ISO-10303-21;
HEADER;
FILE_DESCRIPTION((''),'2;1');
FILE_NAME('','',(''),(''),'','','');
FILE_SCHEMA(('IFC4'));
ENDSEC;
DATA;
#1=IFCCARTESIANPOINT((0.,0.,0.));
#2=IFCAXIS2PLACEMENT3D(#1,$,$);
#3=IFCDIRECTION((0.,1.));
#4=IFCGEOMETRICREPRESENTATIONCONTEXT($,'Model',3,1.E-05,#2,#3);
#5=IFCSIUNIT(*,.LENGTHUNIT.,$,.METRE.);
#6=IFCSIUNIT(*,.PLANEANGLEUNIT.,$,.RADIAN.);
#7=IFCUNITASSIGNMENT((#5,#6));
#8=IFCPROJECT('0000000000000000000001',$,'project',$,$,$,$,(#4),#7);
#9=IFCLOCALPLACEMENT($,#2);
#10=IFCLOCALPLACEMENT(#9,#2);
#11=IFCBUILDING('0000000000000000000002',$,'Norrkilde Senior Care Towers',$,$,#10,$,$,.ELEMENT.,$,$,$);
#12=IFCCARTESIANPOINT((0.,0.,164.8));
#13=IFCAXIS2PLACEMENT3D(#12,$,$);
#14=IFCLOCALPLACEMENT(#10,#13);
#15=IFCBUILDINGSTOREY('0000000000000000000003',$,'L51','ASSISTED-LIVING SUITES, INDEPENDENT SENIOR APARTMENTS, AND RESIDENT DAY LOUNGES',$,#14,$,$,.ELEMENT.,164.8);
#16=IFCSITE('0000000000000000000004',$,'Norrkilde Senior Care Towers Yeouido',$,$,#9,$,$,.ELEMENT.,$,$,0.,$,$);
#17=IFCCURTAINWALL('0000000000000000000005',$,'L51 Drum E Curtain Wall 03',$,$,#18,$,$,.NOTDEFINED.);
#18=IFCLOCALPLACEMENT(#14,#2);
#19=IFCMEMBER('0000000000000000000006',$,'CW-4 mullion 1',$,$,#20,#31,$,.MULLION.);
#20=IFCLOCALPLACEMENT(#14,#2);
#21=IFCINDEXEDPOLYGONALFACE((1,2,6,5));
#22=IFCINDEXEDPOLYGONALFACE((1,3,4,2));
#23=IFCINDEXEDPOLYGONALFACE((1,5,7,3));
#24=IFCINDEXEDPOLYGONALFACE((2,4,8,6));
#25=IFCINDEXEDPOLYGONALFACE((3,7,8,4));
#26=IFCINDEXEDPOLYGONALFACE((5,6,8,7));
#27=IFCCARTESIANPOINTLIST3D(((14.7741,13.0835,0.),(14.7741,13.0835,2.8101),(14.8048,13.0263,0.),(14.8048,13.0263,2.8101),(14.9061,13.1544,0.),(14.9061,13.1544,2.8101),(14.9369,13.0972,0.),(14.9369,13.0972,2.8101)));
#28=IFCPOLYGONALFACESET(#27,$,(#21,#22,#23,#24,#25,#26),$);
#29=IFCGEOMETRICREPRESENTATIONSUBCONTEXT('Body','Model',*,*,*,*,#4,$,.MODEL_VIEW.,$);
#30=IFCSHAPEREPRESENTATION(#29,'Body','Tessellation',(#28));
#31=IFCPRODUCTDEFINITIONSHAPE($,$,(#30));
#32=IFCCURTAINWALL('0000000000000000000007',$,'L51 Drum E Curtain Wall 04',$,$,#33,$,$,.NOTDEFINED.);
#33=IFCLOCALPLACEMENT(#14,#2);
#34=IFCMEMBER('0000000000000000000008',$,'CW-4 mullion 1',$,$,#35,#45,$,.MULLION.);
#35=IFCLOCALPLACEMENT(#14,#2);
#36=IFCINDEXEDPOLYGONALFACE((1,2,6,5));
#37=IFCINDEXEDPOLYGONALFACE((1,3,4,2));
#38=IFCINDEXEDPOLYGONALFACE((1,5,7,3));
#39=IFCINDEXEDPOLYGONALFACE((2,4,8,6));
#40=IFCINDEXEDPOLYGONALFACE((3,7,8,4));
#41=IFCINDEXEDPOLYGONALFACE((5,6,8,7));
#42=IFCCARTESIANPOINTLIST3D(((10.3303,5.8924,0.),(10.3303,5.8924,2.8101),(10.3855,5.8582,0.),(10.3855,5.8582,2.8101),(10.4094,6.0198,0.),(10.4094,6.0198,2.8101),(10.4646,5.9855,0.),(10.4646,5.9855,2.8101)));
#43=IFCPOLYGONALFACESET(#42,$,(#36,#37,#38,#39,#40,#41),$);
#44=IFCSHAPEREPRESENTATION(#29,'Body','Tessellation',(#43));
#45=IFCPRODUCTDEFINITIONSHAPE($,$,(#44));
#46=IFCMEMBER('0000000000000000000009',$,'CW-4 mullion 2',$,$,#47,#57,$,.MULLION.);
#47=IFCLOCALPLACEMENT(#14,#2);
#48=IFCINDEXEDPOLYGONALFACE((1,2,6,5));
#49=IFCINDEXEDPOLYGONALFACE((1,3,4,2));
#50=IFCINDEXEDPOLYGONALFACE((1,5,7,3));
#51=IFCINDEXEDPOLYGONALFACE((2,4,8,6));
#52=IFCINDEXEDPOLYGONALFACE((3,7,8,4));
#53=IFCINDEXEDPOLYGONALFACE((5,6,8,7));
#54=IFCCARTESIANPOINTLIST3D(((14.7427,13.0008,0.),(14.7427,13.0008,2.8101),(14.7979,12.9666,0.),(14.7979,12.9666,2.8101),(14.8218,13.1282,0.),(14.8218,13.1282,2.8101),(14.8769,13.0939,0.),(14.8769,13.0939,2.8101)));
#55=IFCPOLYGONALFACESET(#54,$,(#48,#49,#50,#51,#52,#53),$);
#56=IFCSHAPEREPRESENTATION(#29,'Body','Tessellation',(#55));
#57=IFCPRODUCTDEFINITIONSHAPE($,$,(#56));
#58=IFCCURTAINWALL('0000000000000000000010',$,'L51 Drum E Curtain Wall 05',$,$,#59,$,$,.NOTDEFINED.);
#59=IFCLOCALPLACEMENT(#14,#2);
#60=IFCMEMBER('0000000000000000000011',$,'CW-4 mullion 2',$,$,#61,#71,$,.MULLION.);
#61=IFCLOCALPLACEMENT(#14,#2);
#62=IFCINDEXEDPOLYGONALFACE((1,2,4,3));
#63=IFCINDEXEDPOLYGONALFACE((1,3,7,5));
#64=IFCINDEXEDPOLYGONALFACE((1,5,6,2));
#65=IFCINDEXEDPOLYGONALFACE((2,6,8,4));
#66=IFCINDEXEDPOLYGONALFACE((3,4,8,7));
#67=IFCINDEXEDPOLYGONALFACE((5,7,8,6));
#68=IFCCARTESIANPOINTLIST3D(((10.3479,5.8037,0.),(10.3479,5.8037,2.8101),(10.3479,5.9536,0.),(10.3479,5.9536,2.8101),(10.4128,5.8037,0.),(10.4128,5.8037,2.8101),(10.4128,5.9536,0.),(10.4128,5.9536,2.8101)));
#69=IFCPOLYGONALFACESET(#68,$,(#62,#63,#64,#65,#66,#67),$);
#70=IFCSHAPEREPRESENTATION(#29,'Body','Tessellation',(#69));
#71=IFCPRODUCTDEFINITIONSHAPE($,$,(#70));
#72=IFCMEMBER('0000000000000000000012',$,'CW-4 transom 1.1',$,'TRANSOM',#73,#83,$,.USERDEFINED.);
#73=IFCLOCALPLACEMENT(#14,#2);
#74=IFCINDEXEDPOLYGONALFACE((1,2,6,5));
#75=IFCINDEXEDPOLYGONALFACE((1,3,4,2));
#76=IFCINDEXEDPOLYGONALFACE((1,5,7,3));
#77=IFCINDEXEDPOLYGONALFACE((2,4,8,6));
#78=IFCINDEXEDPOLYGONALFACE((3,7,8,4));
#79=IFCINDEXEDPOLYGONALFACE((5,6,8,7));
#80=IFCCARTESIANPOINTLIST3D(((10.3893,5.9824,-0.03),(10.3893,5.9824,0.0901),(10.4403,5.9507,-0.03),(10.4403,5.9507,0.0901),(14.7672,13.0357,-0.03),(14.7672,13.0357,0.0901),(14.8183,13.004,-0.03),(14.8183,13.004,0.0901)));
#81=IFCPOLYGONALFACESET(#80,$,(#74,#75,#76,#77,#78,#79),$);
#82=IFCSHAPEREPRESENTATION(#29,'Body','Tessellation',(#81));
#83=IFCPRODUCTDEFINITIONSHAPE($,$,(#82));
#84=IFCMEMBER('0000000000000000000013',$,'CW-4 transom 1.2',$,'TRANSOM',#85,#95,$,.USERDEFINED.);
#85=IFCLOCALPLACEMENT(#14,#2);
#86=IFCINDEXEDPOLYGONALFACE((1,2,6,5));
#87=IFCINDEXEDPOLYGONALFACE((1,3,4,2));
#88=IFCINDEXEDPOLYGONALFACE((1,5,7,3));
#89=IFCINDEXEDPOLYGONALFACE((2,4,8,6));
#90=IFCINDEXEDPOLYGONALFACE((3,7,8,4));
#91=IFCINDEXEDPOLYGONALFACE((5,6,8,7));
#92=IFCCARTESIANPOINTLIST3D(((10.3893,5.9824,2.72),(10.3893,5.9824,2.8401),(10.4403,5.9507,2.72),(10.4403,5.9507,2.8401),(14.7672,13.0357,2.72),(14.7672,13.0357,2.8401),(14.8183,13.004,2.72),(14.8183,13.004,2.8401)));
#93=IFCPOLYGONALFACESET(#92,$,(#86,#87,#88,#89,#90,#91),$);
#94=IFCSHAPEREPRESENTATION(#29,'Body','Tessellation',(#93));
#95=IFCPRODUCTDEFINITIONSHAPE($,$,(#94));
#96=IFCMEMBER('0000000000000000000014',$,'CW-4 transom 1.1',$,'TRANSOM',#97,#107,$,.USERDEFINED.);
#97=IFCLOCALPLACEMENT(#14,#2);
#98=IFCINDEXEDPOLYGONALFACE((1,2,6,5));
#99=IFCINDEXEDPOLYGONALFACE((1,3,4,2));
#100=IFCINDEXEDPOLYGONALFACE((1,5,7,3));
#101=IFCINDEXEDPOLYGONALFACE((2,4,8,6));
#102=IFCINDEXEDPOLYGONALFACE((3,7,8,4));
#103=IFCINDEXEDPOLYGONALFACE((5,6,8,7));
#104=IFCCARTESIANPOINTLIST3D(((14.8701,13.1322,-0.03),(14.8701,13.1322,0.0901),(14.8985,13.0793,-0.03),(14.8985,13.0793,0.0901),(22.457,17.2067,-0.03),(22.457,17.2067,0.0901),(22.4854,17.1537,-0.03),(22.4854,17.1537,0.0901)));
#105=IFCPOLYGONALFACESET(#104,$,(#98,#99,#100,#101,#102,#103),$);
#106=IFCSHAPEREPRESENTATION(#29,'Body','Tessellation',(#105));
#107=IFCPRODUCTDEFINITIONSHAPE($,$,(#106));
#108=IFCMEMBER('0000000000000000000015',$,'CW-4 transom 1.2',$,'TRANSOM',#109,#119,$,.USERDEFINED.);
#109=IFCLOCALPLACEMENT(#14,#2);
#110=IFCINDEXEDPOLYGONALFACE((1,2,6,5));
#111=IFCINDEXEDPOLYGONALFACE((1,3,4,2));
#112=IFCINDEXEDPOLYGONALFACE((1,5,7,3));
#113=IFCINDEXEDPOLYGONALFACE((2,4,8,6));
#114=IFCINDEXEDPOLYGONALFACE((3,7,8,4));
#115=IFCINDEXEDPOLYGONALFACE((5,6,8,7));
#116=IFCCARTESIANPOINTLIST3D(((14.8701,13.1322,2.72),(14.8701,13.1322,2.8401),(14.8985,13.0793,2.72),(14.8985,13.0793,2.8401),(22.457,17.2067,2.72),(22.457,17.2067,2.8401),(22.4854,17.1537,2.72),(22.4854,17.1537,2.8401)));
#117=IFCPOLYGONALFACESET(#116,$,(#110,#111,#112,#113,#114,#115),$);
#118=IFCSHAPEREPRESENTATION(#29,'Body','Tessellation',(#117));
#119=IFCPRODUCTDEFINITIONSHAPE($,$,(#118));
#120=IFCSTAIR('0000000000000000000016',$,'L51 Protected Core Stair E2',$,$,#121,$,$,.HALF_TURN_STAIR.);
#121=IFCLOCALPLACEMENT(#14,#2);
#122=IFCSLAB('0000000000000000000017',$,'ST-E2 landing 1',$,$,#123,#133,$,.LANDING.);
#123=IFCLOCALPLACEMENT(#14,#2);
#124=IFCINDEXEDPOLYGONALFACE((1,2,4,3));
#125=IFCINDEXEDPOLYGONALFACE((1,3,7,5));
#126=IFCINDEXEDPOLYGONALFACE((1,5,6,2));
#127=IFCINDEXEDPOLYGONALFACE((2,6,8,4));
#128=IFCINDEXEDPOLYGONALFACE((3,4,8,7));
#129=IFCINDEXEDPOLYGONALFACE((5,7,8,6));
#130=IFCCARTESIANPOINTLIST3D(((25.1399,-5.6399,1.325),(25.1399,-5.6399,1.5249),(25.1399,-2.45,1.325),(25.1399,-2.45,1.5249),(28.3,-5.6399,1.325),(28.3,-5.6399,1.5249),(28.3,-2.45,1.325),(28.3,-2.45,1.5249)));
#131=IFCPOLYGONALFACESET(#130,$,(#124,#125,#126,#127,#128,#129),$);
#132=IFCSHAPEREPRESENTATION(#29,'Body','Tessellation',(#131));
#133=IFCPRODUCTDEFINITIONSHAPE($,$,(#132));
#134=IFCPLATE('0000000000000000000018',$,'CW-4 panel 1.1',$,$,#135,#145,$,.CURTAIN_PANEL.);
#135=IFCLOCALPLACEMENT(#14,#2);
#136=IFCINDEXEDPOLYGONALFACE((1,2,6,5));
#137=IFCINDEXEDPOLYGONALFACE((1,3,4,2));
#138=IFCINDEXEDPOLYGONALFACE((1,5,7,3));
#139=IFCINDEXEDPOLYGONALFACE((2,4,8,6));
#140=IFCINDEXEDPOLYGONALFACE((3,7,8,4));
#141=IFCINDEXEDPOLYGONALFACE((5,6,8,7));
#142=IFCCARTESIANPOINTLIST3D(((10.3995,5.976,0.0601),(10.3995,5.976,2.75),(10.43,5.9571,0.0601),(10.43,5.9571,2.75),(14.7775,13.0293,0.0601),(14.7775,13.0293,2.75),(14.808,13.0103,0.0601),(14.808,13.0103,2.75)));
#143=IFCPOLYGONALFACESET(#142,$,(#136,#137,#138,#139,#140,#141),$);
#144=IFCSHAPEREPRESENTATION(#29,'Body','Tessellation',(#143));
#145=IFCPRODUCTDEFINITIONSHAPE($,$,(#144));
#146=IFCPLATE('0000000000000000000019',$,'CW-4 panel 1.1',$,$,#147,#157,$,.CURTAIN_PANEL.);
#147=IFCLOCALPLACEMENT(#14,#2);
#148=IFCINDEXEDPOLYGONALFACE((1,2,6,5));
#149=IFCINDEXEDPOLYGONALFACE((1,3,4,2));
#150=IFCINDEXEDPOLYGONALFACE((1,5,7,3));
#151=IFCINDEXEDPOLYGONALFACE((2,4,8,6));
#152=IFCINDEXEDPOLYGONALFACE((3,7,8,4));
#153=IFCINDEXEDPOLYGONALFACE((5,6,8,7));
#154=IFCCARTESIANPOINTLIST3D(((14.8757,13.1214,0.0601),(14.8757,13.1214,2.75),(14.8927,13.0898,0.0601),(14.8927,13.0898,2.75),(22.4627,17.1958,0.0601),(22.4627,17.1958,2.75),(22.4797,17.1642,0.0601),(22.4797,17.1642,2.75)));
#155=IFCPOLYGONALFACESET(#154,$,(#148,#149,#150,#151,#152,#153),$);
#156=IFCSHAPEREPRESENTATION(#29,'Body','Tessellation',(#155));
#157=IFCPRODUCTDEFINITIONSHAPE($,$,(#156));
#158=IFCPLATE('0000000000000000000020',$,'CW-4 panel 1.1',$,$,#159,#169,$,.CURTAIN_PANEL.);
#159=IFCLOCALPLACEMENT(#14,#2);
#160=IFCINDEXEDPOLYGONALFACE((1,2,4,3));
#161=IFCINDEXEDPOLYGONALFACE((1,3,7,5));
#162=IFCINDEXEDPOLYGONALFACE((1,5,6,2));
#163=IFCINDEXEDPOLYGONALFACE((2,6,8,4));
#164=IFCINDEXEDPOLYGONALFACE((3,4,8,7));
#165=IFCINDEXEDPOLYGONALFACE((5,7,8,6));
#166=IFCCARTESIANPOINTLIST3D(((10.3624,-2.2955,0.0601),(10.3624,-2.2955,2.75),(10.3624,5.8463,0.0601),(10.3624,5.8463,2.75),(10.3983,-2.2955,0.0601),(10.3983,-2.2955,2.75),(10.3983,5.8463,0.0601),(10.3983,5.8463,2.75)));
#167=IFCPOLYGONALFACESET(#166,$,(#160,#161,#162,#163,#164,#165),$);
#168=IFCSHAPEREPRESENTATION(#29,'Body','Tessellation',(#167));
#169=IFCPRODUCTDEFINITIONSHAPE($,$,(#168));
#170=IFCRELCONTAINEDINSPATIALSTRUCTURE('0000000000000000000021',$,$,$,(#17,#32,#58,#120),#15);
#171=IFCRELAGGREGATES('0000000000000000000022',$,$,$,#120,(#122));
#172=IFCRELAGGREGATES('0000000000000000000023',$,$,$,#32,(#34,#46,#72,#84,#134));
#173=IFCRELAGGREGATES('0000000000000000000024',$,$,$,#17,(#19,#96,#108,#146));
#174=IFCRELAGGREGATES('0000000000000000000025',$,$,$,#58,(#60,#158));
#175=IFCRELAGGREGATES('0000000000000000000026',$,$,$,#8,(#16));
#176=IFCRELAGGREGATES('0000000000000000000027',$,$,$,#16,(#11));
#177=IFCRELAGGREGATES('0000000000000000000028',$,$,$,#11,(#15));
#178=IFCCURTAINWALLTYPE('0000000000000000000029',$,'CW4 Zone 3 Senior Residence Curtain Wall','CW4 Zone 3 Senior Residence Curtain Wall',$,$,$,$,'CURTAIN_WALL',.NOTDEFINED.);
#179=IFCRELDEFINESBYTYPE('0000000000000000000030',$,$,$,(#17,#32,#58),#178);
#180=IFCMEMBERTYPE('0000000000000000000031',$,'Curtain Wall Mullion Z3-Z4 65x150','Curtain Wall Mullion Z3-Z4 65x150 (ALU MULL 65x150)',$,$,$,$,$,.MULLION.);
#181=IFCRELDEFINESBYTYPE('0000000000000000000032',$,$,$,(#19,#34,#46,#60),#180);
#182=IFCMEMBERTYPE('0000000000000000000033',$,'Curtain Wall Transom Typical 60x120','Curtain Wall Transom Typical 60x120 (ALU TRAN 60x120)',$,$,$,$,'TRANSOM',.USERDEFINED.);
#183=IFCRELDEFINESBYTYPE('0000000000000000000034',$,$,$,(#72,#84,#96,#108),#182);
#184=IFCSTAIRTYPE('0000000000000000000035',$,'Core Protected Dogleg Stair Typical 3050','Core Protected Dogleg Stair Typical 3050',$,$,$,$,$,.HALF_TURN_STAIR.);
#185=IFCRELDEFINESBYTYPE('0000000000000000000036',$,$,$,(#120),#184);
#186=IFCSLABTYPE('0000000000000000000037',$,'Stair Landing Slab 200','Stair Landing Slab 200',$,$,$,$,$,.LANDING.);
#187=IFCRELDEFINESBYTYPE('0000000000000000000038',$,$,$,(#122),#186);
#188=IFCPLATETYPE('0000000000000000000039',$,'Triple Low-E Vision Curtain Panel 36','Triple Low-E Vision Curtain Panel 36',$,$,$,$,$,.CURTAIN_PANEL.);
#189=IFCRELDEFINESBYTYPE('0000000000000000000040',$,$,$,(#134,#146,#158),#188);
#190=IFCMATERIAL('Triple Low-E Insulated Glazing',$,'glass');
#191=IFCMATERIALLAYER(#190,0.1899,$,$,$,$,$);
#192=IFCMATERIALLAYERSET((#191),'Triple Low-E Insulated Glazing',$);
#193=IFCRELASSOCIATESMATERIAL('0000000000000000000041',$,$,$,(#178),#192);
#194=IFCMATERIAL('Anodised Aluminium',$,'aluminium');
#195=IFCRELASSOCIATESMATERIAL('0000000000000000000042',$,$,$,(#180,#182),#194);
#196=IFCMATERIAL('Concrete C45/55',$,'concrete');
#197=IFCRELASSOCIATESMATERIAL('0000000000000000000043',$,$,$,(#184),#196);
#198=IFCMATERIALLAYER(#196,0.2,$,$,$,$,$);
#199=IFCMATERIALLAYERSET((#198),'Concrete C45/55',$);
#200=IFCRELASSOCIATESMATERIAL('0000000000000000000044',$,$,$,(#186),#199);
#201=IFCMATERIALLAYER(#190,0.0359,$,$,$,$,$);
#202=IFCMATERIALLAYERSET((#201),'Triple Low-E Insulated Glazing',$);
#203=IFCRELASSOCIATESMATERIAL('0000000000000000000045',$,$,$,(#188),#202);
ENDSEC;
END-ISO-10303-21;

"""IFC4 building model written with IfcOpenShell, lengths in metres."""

from ifc_helpers import new_model, si_unit, direction, frame, origin, origin_2d, place, context, subcontext, project, spatial, polyline, rectangle, outline, extrude, source, transform, mapped, material, layer, layer_set, material_profile, profile_set, type_object, type_shapes, element, aggregate, save


model = new_model("IFC4")

# Units and contexts
model_context = context("Model", 3, precision=1e-05, world=origin(), true_north=direction((0.0, 1.0)))
body_context = subcontext(model_context, "Body", "Model", "MODEL_VIEW")
ifc_project = project(units=[si_unit("LENGTHUNIT", "METRE"), si_unit("PLANEANGLEUNIT", "RADIAN")], contexts=[model_context])

# Site, building, storey
site_placement = place(None, origin())
site = spatial("IfcSite", under=ifc_project, at=site_placement, Name="Norrkilde Senior Care Towers Yeouido", CompositionType="ELEMENT", RefElevation=0.0)
building_placement = place(site_placement, origin())
building = spatial("IfcBuilding", under=site, at=building_placement, Name="Norrkilde Senior Care Towers", CompositionType="ELEMENT")
storey_placement = place(building_placement, frame((0.0, 0.0, 164.8)))
storey = spatial("IfcBuildingStorey", under=building, at=storey_placement, Name="L51", Description="ASSISTED-LIVING SUITES, INDEPENDENT SENIOR APARTMENTS, AND RESIDENT DAY LOUNGES", CompositionType="ELEMENT", Elevation=164.8)

# Curtain wall, member
ifc_material_1 = material(Name="Triple Low-E Insulated Glazing", Category="glass")
ifc_layer_1 = layer(ifc_material_1, 0.1899)
ifc_layer_set_1 = layer_set([ifc_layer_1], Name="Triple Low-E Insulated Glazing")
curtain_wall_type = type_object("IfcCurtainWallType", Name="CW4 Zone 3 Senior Residence Curtain Wall", Description="CW4 Zone 3 Senior Residence Curtain Wall", ElementType="CURTAIN_WALL", PredefinedType="NOTDEFINED", material=ifc_layer_set_1)
curtain_wall_1_placement = place(storey_placement, origin())
curtain_wall_1 = element("IfcCurtainWall", 1, at=curtain_wall_1_placement, inside=storey, type_object=curtain_wall_type, Name="L51 Drum E Curtain Wall 03", PredefinedType="NOTDEFINED")
ifc_material_2 = material(Name="Anodised Aluminium", Category="aluminium")
ifc_material_profile_1 = material_profile(ifc_material_2, rectangle(XDim=0.0649, YDim=0.1499, at=origin_2d()), Name="ALU MULL 65x150")
ifc_profile_set_1 = profile_set([ifc_material_profile_1], Name="Anodised Aluminium")
member_type_1 = type_object("IfcMemberType", Name="Curtain Wall Mullion Z3-Z4 65x150", Description="Curtain Wall Mullion Z3-Z4 65x150 (ALU MULL 65x150)", PredefinedType="MULLION", material=ifc_profile_set_1)
shared_shape_1 = source(origin(), body_context, "Body", "SweptSolid", [
    extrude(rectangle(XDim=0.0649, YDim=0.1499, at=origin_2d()), origin(), (0.0, 0.0, 1.0), 2.8101),
])
type_shapes(member_type_1, [shared_shape_1])
member_1_placement = place(storey_placement, frame((14.8555, 13.0903, 0.0), z_axis=(0.0, 0.0, 1.0), x_axis=(-0.473117, 0.881, 0.0)))
member_1 = element("IfcMember", 2, at=member_1_placement, type_object=member_type_1, Name="CW-4 mullion 1", PredefinedType="MULLION", context=body_context, shape_type="MappedRepresentation", body=[
    mapped(shared_shape_1, transform((0.0, 0.0, 0.0), x_axis=(1.0, 0.0, 0.0), y_axis=(0.0, 1.0, 0.0), z_axis=(0.0, 0.0, 1.0), scale=1.0)),
])

# Curtain wall, members
curtain_wall_2_placement = place(storey_placement, origin())
curtain_wall_2 = element("IfcCurtainWall", 3, at=curtain_wall_2_placement, inside=storey, type_object=curtain_wall_type, Name="L51 Drum E Curtain Wall 04", PredefinedType="NOTDEFINED")
member_2_placement = place(storey_placement, frame((10.3975, 5.939, 0.0), z_axis=(0.0, 0.0, 1.0), x_axis=(-0.849634, 0.527373, 0.0)))
member_2 = element("IfcMember", 4, at=member_2_placement, type_object=member_type_1, Name="CW-4 mullion 1", PredefinedType="MULLION", context=body_context, shape_type="MappedRepresentation", body=[
    mapped(shared_shape_1, transform((0.0, 0.0, 0.0), x_axis=(1.0, 0.0, 0.0), y_axis=(0.0, 1.0, 0.0), z_axis=(0.0, 0.0, 1.0), scale=1.0)),
])
member_3_placement = place(storey_placement, frame((14.8098, 13.0474, 0.0), z_axis=(0.0, 0.0, 1.0), x_axis=(-0.849634, 0.527373, 0.0)))
member_3 = element("IfcMember", 5, at=member_3_placement, type_object=member_type_1, Name="CW-4 mullion 2", PredefinedType="MULLION", context=body_context, shape_type="MappedRepresentation", body=[
    mapped(shared_shape_1, transform((0.0, 0.0, 0.0), x_axis=(1.0, 0.0, 0.0), y_axis=(0.0, 1.0, 0.0), z_axis=(0.0, 0.0, 1.0), scale=1.0)),
])

# Curtain wall, member
curtain_wall_3_placement = place(storey_placement, origin())
curtain_wall_3 = element("IfcCurtainWall", 6, at=curtain_wall_3_placement, inside=storey, type_object=curtain_wall_type, Name="L51 Drum E Curtain Wall 05", PredefinedType="NOTDEFINED")
member_4_placement = place(storey_placement, frame((10.3804, 5.8787, 0.0), z_axis=(0.0, 0.0, 1.0), x_axis=(-1.0, 0.0, 0.0)))
member_4 = element("IfcMember", 7, at=member_4_placement, type_object=member_type_1, Name="CW-4 mullion 2", PredefinedType="MULLION", context=body_context, shape_type="MappedRepresentation", body=[
    mapped(shared_shape_1, transform((0.0, 0.0, 0.0), x_axis=(1.0, 0.0, 0.0), y_axis=(0.0, 1.0, 0.0), z_axis=(0.0, 0.0, 1.0), scale=1.0)),
])

# Members
ifc_material_profile_2 = material_profile(ifc_material_2, rectangle(XDim=0.0601, YDim=0.1201, at=origin_2d()), Name="ALU TRAN 60x120")
ifc_profile_set_2 = profile_set([ifc_material_profile_2], Name="Anodised Aluminium")
member_type_2 = type_object("IfcMemberType", Name="Curtain Wall Transom Typical 60x120", Description="Curtain Wall Transom Typical 60x120 (ALU TRAN 60x120)", ElementType="TRANSOM", PredefinedType="USERDEFINED", material=ifc_profile_set_2)
shared_shape_2 = source(origin(), body_context, "Body", "SweptSolid", [
    extrude(rectangle(XDim=0.0601, YDim=0.1201, at=origin_2d()), origin(), (0.0, 0.0, 1.0), 8.3015),
])
member_5_placement = place(storey_placement, frame((10.4148, 5.9666, 0.03), z_axis=(0.527369, 0.849637, 0.0), x_axis=(-0.849637, 0.527369, 0.0)))
member_5 = element("IfcMember", 8, at=member_5_placement, type_object=member_type_2, Name="CW-4 transom 1.1", ObjectType="TRANSOM", PredefinedType="USERDEFINED", context=body_context, shape_type="MappedRepresentation", body=[
    mapped(shared_shape_2, transform((0.0, 0.0, 0.0), x_axis=(1.0, 0.0, 0.0), y_axis=(0.0, 1.0, 0.0), z_axis=(0.0, 0.0, 1.0), scale=1.0)),
])
member_6_placement = place(storey_placement, frame((10.4148, 5.9666, 2.78), z_axis=(0.527369, 0.849637, 0.0), x_axis=(-0.849637, 0.527369, 0.0)))
member_6 = element("IfcMember", 9, at=member_6_placement, type_object=member_type_2, Name="CW-4 transom 1.2", ObjectType="TRANSOM", PredefinedType="USERDEFINED", context=body_context, shape_type="MappedRepresentation", body=[
    mapped(shared_shape_2, transform((0.0, 0.0, 0.0), x_axis=(1.0, 0.0, 0.0), y_axis=(0.0, 1.0, 0.0), z_axis=(0.0, 0.0, 1.0), scale=1.0)),
])
shared_shape_3 = source(origin(), body_context, "Body", "SweptSolid", [
    extrude(rectangle(XDim=0.0601, YDim=0.1201, at=origin_2d()), origin(), (0.0, 0.0, 1.0), 8.6118),
])
type_shapes(member_type_2, [shared_shape_2, shared_shape_3])
member_7_placement = place(storey_placement, frame((14.8843, 13.1057, 0.03), z_axis=(0.880994, 0.473127, 0.0), x_axis=(-0.473127, 0.880994, 0.0)))
member_7 = element("IfcMember", 10, at=member_7_placement, type_object=member_type_2, Name="CW-4 transom 1.1", ObjectType="TRANSOM", PredefinedType="USERDEFINED", context=body_context, shape_type="MappedRepresentation", body=[
    mapped(shared_shape_3, transform((0.0, 0.0, 0.0), x_axis=(1.0, 0.0, 0.0), y_axis=(0.0, 1.0, 0.0), z_axis=(0.0, 0.0, 1.0), scale=1.0)),
])
member_8_placement = place(storey_placement, frame((14.8843, 13.1057, 2.78), z_axis=(0.880994, 0.473127, 0.0), x_axis=(-0.473127, 0.880994, 0.0)))
member_8 = element("IfcMember", 11, at=member_8_placement, type_object=member_type_2, Name="CW-4 transom 1.2", ObjectType="TRANSOM", PredefinedType="USERDEFINED", context=body_context, shape_type="MappedRepresentation", body=[
    mapped(shared_shape_3, transform((0.0, 0.0, 0.0), x_axis=(1.0, 0.0, 0.0), y_axis=(0.0, 1.0, 0.0), z_axis=(0.0, 0.0, 1.0), scale=1.0)),
])

# Stair, slab
ifc_material_3 = material(Name="Concrete C45/55", Category="concrete")
stair_type = type_object("IfcStairType", Name="Core Protected Dogleg Stair Typical 3050", Description="Core Protected Dogleg Stair Typical 3050", PredefinedType="HALF_TURN_STAIR", material=ifc_material_3)
stair_placement = place(storey_placement, origin())
stair = element("IfcStair", 12, at=stair_placement, inside=storey, type_object=stair_type, Name="L51 Protected Core Stair E2", PredefinedType="HALF_TURN_STAIR")
ifc_layer_2 = layer(ifc_material_3, 0.2)
ifc_layer_set_2 = layer_set([ifc_layer_2], Name="Concrete C45/55")
slab_type = type_object("IfcSlabType", Name="Stair Landing Slab 200", Description="Stair Landing Slab 200", PredefinedType="LANDING", material=ifc_layer_set_2)
slab_placement = place(storey_placement, frame((0.0, 0.0, 1.325)))
slab = element("IfcSlab", 13, at=slab_placement, type_object=slab_type, Name="ST-E2 landing 1", PredefinedType="LANDING", context=body_context, shape_type="SweptSolid", body=[
    extrude(outline(polyline([(25.1399, -5.6399), (28.3, -5.6399), (28.3, -2.45), (25.1399, -2.45), (25.1399, -5.6399)])), origin(), (0.0, 0.0, 1.0), 0.2),
])
aggregate(stair, [slab])

# Plates
ifc_layer_3 = layer(ifc_material_1, 0.0359)
ifc_layer_set_3 = layer_set([ifc_layer_3], Name="Triple Low-E Insulated Glazing")
plate_type = type_object("IfcPlateType", Name="Triple Low-E Vision Curtain Panel 36", Description="Triple Low-E Vision Curtain Panel 36", PredefinedType="CURTAIN_PANEL", material=ifc_layer_set_3)
shared_shape_4 = source(origin(), body_context, "Body", "SweptSolid", [
    extrude(rectangle(XDim=8.3015, YDim=0.0359, at=origin_2d()), origin(), (0.0, 0.0, 1.0), 2.6899),
])
plate_1_placement = place(storey_placement, frame((12.6038, 9.4932, 0.0601), z_axis=(0.0, 0.0, 1.0), x_axis=(0.527373, 0.849634, 0.0)))
plate_1 = element("IfcPlate", 14, at=plate_1_placement, type_object=plate_type, Name="CW-4 panel 1.1", PredefinedType="CURTAIN_PANEL", context=body_context, shape_type="MappedRepresentation", body=[
    mapped(shared_shape_4, transform((0.0, 0.0, 0.0), x_axis=(1.0, 0.0, 0.0), y_axis=(0.0, 1.0, 0.0), z_axis=(0.0, 0.0, 1.0), scale=1.0)),
])
aggregate(curtain_wall_2, [member_2, member_3, member_5, member_6, plate_1])
shared_shape_5 = source(origin(), body_context, "Body", "SweptSolid", [
    extrude(rectangle(XDim=8.6118, YDim=0.0359, at=origin_2d()), origin(), (0.0, 0.0, 1.0), 2.6899),
])
plate_2_placement = place(storey_placement, frame((18.6777, 15.1428, 0.0601), z_axis=(0.0, 0.0, 1.0), x_axis=(0.881, 0.473117, 0.0)))
plate_2 = element("IfcPlate", 15, at=plate_2_placement, type_object=plate_type, Name="CW-4 panel 1.1", PredefinedType="CURTAIN_PANEL", context=body_context, shape_type="MappedRepresentation", body=[
    mapped(shared_shape_5, transform((0.0, 0.0, 0.0), x_axis=(1.0, 0.0, 0.0), y_axis=(0.0, 1.0, 0.0), z_axis=(0.0, 0.0, 1.0), scale=1.0)),
])
aggregate(curtain_wall_1, [member_1, member_7, member_8, plate_2])
shared_shape_6 = source(origin(), body_context, "Body", "SweptSolid", [
    extrude(rectangle(XDim=8.1418, YDim=0.0359, at=origin_2d()), origin(), (0.0, 0.0, 1.0), 2.6899),
])
type_shapes(plate_type, [shared_shape_4, shared_shape_5, shared_shape_6])
plate_3_placement = place(storey_placement, frame((10.3804, 1.7754, 0.0601), z_axis=(0.0, 0.0, 1.0), x_axis=(0.0, 1.0, 0.0)))
plate_3 = element("IfcPlate", 16, at=plate_3_placement, type_object=plate_type, Name="CW-4 panel 1.1", PredefinedType="CURTAIN_PANEL", context=body_context, shape_type="MappedRepresentation", body=[
    mapped(shared_shape_6, transform((0.0, 0.0, 0.0), x_axis=(1.0, 0.0, 0.0), y_axis=(0.0, 1.0, 0.0), z_axis=(0.0, 0.0, 1.0), scale=1.0)),
])
aggregate(curtain_wall_3, [member_4, plate_3])

save(model, "model.ifc")
